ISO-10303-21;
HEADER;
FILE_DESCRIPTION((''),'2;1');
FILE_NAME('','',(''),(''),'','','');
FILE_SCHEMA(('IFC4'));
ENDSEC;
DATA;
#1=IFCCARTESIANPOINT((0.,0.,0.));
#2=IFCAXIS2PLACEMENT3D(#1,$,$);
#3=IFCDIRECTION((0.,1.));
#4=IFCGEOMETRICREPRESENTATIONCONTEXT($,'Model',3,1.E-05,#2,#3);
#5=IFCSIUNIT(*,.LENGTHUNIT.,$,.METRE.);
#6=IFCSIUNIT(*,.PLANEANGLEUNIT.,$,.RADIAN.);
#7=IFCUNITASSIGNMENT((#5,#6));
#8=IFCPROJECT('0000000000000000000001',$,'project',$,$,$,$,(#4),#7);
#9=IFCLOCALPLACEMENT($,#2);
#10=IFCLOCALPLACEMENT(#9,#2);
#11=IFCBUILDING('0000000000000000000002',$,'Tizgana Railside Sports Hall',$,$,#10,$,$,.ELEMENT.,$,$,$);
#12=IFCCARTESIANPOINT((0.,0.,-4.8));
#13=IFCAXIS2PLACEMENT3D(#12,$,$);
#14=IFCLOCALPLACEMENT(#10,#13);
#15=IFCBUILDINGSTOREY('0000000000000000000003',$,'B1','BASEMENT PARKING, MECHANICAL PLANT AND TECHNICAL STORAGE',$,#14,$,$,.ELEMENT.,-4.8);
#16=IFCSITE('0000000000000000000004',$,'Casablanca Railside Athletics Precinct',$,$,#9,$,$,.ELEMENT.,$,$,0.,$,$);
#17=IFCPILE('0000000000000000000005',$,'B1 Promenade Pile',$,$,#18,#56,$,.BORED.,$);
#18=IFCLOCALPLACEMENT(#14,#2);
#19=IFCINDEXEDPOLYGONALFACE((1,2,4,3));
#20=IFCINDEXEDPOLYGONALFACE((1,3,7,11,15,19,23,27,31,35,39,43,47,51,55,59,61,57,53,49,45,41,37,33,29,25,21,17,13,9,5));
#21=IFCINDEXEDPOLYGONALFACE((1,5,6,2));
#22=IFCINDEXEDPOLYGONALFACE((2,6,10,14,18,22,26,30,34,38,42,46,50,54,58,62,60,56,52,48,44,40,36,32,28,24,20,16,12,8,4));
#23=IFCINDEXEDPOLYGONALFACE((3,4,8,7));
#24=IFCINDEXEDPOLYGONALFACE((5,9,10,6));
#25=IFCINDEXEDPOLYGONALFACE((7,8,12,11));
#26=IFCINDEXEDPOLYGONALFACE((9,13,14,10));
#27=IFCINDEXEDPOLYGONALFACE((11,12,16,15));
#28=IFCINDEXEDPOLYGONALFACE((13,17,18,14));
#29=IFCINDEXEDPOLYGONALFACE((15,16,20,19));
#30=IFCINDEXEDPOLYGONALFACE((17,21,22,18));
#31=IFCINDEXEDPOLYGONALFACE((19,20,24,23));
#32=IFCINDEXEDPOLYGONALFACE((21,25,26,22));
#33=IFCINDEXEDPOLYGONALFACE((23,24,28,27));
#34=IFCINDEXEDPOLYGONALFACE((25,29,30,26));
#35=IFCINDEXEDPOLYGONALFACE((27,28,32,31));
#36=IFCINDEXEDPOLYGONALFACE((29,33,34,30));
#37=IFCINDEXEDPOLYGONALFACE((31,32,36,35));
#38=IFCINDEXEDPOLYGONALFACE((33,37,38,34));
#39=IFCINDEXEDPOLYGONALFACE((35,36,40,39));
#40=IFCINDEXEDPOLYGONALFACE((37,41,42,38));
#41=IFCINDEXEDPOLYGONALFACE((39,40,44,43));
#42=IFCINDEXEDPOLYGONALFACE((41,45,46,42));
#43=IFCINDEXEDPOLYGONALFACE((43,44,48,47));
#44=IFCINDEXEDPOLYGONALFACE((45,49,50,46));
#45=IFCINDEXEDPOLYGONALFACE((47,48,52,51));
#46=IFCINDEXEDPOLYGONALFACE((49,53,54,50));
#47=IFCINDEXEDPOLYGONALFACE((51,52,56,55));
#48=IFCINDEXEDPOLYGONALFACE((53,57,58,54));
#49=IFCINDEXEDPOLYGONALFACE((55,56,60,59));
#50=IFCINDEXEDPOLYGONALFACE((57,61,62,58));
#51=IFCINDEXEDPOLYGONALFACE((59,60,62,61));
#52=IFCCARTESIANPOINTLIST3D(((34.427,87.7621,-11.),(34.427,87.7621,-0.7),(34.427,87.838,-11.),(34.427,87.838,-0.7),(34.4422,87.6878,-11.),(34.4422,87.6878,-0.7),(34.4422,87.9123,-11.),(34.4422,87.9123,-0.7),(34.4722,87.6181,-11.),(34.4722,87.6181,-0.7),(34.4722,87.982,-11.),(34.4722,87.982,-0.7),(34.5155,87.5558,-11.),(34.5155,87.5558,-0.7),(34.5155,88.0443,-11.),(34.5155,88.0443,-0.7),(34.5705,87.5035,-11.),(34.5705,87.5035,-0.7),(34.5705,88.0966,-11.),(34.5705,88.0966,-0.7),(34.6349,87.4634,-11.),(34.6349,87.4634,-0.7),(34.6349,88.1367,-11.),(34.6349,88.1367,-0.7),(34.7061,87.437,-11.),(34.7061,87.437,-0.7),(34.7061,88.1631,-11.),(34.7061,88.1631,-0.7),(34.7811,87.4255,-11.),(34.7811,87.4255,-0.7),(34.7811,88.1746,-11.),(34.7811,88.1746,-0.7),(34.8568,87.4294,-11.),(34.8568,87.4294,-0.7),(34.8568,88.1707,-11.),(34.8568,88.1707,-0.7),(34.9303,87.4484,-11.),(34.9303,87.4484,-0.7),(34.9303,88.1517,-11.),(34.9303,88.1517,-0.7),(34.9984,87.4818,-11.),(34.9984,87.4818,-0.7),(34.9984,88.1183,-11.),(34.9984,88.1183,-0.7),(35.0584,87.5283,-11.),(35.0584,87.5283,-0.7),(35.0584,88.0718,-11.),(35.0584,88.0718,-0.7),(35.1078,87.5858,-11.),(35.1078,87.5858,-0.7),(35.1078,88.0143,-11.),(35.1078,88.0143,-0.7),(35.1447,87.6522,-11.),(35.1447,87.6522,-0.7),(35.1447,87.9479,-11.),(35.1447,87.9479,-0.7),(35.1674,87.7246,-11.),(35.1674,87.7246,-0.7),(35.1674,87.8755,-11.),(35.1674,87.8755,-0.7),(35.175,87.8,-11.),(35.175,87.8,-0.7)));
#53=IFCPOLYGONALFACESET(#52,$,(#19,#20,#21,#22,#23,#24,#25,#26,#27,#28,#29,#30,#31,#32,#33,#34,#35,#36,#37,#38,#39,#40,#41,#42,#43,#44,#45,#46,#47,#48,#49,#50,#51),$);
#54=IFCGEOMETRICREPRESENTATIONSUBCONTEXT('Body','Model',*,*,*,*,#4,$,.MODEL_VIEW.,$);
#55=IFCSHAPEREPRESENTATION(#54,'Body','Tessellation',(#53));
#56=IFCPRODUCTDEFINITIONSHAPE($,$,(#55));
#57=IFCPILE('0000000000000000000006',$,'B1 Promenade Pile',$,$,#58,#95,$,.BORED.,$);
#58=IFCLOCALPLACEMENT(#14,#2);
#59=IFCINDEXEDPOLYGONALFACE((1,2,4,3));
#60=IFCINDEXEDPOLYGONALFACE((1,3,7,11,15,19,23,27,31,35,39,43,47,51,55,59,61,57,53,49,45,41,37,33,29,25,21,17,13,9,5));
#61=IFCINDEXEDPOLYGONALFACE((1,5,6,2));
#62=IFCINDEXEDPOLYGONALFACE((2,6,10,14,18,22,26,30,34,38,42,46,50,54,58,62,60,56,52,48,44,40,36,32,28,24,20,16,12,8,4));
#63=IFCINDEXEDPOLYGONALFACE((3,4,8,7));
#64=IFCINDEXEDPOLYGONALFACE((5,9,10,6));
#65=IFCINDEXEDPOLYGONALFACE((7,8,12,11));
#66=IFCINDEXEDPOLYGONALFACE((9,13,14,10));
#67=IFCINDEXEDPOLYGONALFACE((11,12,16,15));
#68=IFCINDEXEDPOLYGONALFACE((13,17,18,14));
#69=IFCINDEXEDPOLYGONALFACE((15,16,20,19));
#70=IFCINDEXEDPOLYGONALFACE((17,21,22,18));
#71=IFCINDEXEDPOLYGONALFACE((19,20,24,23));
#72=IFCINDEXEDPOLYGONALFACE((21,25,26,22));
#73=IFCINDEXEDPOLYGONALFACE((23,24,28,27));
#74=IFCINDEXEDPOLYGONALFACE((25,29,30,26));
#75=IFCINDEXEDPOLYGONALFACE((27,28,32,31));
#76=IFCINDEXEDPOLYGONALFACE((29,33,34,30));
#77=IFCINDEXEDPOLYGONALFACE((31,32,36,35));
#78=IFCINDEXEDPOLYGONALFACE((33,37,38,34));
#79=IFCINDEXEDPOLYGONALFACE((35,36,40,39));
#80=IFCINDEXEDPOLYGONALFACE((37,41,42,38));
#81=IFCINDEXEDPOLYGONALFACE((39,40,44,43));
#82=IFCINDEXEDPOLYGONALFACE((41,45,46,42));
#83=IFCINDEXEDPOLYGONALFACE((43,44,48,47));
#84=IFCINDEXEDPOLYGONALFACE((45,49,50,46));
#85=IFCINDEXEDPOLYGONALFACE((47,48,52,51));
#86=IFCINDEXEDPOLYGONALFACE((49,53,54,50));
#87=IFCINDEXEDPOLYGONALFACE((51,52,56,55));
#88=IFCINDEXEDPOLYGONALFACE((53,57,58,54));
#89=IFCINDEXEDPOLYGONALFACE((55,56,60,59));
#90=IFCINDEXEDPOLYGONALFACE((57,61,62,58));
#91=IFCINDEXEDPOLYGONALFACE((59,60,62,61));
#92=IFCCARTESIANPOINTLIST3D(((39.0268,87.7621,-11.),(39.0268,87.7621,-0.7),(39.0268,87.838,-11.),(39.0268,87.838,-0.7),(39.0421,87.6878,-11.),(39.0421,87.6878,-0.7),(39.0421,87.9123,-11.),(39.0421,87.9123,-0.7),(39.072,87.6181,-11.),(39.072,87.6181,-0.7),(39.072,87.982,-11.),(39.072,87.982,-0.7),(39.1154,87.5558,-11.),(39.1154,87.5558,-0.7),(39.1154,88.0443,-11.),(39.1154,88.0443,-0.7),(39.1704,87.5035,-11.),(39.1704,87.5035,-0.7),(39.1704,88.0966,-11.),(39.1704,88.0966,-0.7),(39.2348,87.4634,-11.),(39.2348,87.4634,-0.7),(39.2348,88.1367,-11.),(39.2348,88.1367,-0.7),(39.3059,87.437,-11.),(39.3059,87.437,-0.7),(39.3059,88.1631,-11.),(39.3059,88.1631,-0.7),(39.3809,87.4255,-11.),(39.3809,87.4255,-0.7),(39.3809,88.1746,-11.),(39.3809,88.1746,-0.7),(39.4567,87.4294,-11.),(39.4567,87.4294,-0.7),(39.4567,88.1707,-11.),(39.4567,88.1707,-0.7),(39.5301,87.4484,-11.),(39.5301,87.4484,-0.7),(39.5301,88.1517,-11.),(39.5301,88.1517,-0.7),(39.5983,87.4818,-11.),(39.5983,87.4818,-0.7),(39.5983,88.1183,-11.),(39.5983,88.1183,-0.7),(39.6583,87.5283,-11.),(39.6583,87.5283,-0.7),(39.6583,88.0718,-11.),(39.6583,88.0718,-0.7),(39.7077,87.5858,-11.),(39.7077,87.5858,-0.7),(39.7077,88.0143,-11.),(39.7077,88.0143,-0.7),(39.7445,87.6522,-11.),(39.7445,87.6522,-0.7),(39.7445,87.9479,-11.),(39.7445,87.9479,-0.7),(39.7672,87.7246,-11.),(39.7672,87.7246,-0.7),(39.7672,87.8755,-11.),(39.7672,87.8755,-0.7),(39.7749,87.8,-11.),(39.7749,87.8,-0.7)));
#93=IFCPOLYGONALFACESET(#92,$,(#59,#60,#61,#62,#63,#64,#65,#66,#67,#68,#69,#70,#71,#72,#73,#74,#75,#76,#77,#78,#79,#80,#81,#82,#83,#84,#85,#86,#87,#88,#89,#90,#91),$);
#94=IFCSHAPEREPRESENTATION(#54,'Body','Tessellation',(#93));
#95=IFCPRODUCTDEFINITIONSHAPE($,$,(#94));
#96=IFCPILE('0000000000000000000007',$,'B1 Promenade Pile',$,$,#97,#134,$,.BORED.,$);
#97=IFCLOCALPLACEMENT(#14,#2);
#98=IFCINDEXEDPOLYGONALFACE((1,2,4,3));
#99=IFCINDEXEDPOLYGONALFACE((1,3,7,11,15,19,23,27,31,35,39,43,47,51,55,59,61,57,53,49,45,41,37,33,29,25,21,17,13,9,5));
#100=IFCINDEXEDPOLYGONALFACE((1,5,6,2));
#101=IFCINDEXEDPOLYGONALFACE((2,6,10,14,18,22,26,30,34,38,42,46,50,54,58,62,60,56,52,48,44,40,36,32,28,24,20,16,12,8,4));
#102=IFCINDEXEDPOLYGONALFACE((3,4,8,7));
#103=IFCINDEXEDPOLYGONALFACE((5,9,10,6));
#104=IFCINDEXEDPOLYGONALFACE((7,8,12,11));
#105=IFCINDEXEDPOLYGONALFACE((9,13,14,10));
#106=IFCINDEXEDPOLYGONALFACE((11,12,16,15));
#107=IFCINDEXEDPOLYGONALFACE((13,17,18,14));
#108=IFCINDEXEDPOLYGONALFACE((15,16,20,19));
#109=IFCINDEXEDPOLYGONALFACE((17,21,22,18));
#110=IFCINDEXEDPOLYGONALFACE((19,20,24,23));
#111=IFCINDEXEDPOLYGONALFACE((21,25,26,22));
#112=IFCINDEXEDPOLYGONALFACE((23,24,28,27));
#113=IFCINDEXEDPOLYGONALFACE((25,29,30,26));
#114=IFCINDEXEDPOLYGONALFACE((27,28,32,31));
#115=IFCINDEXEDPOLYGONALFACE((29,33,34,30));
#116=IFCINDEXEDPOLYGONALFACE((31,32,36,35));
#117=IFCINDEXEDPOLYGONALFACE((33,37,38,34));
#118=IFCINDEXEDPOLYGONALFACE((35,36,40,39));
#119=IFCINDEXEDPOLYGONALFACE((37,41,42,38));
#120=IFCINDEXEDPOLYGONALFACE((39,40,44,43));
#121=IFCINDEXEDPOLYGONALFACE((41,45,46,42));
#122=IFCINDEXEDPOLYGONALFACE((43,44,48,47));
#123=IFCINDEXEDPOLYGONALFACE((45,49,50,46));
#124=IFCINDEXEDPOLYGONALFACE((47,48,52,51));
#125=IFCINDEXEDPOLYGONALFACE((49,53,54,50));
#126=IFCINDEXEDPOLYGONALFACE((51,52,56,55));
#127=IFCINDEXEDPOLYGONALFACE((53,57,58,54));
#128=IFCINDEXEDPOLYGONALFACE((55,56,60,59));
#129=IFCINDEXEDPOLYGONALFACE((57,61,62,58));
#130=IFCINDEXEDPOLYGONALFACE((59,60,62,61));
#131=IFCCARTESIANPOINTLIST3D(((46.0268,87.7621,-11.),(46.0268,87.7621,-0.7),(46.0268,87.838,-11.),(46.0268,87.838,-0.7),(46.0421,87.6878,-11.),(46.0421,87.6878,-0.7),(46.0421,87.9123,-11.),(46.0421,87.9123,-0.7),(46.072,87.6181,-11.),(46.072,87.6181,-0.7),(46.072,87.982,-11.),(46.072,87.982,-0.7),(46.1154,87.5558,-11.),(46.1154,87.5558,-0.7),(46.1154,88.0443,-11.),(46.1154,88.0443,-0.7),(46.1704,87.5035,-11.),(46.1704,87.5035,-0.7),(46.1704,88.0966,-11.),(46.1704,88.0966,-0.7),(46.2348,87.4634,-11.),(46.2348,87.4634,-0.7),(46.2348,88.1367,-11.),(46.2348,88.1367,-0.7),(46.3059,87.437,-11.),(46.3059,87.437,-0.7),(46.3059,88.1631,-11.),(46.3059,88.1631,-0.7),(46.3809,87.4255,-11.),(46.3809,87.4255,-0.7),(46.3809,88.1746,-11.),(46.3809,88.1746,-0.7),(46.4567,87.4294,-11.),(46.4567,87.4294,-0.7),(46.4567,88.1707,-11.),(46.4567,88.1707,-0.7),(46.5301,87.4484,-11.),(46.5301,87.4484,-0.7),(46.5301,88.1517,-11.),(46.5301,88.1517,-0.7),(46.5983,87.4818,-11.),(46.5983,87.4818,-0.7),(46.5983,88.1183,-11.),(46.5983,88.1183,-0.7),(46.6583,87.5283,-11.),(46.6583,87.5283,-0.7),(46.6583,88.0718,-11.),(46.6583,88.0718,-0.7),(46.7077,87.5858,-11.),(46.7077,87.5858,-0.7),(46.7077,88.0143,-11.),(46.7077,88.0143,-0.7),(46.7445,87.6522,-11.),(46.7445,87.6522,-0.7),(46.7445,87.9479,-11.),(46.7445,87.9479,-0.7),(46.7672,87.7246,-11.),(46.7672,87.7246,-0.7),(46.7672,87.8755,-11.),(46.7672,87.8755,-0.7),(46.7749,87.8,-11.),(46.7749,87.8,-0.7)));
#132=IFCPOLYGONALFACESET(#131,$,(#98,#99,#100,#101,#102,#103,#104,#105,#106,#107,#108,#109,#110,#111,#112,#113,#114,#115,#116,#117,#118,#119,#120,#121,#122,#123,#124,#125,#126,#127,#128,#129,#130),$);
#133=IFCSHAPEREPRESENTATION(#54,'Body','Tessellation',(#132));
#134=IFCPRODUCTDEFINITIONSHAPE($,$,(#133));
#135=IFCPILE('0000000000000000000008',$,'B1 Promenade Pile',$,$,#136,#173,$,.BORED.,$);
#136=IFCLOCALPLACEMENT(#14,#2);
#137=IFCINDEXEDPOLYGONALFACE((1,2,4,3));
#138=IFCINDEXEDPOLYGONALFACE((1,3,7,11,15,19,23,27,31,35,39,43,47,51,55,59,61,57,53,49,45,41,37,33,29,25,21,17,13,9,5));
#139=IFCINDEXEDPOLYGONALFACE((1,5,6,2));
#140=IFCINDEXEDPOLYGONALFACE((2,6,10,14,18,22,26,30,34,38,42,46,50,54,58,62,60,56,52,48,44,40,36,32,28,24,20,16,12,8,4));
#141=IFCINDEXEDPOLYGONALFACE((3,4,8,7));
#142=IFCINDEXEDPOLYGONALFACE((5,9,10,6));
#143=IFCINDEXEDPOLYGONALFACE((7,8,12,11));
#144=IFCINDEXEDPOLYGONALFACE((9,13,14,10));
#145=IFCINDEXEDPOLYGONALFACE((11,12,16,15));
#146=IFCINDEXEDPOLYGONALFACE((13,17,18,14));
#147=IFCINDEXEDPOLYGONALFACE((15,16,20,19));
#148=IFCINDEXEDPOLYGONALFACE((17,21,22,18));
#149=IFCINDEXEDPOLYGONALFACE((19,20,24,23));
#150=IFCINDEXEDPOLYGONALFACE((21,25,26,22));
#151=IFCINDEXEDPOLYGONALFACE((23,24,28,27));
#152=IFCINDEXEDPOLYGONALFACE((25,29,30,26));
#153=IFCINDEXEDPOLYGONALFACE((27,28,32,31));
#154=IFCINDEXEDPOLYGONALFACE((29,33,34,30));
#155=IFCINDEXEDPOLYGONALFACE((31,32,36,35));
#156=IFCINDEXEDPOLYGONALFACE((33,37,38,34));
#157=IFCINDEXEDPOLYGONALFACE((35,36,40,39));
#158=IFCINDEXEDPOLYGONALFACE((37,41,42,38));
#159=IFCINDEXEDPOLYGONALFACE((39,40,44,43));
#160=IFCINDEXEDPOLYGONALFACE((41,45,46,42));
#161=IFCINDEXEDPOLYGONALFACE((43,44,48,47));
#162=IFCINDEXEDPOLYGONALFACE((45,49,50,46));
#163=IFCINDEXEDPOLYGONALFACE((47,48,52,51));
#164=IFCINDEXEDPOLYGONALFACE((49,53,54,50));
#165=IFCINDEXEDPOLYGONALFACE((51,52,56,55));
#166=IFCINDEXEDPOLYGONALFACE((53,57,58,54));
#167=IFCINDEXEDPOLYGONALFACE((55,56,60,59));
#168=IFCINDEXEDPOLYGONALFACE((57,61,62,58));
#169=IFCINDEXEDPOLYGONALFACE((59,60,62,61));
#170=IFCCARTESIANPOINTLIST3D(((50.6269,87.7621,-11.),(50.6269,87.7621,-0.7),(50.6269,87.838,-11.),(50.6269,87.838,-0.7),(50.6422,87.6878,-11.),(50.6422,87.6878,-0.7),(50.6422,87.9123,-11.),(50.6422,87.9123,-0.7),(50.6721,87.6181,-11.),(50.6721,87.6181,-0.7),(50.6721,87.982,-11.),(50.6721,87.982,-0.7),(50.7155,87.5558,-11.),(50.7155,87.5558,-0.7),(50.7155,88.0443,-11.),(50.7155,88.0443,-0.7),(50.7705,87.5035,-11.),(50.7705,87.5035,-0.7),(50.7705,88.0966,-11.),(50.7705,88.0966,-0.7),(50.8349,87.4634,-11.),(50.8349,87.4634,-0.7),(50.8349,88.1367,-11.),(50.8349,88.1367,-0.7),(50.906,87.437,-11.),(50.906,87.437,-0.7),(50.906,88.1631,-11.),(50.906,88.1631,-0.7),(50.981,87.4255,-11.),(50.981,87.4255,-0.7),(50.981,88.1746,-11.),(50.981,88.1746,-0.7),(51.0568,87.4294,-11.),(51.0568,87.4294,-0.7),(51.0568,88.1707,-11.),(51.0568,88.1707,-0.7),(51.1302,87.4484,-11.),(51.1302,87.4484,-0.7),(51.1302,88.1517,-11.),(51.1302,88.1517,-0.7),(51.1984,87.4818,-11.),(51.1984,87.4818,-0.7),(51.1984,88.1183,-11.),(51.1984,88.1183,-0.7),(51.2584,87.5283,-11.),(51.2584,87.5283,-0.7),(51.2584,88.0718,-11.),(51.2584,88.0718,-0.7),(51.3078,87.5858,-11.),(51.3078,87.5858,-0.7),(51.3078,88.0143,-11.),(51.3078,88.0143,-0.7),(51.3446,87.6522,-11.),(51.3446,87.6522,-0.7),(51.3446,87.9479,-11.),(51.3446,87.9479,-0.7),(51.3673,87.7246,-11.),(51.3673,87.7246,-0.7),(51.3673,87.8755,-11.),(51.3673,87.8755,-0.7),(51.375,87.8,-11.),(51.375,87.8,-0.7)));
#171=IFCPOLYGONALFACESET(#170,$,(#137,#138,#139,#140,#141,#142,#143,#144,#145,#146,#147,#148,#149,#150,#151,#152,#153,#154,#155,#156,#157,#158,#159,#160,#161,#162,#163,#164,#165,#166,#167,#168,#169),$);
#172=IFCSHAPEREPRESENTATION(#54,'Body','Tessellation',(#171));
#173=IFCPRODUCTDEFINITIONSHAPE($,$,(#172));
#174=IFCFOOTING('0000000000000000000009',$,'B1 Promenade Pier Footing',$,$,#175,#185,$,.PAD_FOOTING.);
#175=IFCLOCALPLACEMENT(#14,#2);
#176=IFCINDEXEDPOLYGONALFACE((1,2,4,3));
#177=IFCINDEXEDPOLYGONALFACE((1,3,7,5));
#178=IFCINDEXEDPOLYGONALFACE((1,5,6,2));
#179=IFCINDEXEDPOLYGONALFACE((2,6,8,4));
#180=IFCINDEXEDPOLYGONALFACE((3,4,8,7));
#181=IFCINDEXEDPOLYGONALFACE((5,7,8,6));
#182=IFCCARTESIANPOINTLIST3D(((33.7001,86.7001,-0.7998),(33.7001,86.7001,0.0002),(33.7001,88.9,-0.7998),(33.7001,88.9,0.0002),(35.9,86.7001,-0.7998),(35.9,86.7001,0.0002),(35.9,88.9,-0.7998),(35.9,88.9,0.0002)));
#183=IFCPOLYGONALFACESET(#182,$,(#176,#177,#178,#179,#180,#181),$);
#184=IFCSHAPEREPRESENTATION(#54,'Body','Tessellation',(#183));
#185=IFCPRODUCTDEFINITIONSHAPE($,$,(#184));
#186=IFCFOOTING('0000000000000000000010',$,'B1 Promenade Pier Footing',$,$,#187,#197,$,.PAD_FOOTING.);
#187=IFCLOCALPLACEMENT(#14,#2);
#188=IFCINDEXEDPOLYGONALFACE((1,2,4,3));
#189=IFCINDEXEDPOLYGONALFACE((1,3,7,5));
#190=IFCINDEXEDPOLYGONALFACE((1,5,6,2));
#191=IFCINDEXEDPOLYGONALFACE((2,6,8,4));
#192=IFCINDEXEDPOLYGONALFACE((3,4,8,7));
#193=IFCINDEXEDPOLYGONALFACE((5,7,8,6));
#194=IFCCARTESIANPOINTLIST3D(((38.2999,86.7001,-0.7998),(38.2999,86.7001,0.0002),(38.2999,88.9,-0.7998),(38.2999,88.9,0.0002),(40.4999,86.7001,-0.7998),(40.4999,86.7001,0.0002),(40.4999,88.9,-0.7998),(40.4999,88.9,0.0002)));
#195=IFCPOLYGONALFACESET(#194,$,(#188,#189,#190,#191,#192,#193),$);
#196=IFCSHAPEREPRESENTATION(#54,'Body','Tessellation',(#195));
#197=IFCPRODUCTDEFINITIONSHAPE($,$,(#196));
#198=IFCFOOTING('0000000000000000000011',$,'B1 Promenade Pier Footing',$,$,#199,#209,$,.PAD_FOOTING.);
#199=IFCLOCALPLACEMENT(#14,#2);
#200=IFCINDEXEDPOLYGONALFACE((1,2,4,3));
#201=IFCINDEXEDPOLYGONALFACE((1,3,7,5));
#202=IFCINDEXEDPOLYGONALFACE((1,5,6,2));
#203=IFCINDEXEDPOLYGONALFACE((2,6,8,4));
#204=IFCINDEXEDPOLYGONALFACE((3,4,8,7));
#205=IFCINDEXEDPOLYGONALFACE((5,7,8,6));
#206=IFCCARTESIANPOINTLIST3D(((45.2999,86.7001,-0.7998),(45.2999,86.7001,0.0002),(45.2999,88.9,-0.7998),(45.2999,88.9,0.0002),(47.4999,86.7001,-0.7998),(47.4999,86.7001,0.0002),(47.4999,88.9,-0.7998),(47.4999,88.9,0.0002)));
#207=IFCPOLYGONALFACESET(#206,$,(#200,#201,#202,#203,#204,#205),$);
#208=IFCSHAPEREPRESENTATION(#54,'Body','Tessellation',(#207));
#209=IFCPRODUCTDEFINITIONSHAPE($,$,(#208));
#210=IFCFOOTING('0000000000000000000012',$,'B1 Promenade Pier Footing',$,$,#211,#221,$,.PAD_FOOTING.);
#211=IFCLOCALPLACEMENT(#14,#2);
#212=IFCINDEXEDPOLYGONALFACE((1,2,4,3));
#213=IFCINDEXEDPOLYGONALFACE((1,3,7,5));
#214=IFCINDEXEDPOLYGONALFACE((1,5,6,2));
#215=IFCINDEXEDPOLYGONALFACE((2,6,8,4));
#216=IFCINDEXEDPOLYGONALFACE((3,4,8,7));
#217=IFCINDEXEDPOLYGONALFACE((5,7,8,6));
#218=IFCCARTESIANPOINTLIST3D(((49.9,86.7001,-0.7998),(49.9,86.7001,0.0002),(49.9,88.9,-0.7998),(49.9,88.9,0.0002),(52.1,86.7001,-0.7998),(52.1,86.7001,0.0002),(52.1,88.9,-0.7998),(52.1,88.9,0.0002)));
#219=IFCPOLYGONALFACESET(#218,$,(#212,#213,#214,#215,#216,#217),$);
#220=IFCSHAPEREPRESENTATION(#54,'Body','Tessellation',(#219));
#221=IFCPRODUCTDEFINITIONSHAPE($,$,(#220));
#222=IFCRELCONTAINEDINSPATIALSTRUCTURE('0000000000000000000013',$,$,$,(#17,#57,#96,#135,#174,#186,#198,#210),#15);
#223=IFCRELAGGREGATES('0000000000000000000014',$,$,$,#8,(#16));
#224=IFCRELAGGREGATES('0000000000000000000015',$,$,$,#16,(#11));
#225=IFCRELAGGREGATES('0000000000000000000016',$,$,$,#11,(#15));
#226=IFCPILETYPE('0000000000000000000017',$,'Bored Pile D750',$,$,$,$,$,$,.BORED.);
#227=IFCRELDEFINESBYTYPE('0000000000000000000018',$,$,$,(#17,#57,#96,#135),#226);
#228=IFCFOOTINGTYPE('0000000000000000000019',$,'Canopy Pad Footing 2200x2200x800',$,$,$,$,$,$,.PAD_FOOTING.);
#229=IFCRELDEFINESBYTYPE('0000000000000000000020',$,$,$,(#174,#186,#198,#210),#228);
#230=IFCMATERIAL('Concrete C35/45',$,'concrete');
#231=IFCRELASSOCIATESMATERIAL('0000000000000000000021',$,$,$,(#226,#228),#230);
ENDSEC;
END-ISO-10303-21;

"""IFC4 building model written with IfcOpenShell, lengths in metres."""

from ifc_helpers import new_model, si_unit, direction, frame, origin, origin_2d, place, context, subcontext, project, spatial, rectangle, circle, extrude, material, material_profile, profile_set, type_object, element, save


model = new_model("IFC4")

# Units and contexts
model_context = context("Model", 3, precision=1e-05, world=origin(), true_north=direction((0.0, 1.0)))
body_context = subcontext(model_context, "Body", "Model", "MODEL_VIEW")
ifc_project = project(units=[si_unit("LENGTHUNIT", "METRE"), si_unit("PLANEANGLEUNIT", "RADIAN")], contexts=[model_context])

# Site, building, storey
site_placement = place(None, origin())
site = spatial("IfcSite", under=ifc_project, at=site_placement, Name="Casablanca Railside Athletics Precinct", CompositionType="ELEMENT", RefElevation=0.0)
building_placement = place(site_placement, origin())
building = spatial("IfcBuilding", under=site, at=building_placement, Name="Tizgana Railside Sports Hall", CompositionType="ELEMENT")
storey_placement = place(building_placement, frame((0.0, 0.0, -4.8)))
storey = spatial("IfcBuildingStorey", under=building, at=storey_placement, Name="B1", Description="BASEMENT PARKING, MECHANICAL PLANT AND TECHNICAL STORAGE", CompositionType="ELEMENT", Elevation=-4.8)

# Piles
ifc_material_1 = material(Name="Concrete C35/45", Category="concrete")
ifc_material_profile_1 = material_profile(ifc_material_1, circle(Radius=0.375, at=origin_2d()), Name="PILE D750")
ifc_profile_set_1 = profile_set([ifc_material_profile_1], Name="Concrete C35/45")
pile_type = type_object("IfcPileType", Name="Bored Pile D750", PredefinedType="BORED", material=ifc_profile_set_1)
for number, where, z_axis, x_axis, name in (
    (1, (34.8, 87.8, -0.7), (0.0, 0.0, -1.0), (1.0, 0.0, 0.0), "B1 Promenade Pile"),
    (2, (39.3999, 87.8, -0.7), (0.0, 0.0, -1.0), (1.0, 0.0, 0.0), "B1 Promenade Pile"),
    (3, (46.3999, 87.8, -0.7), (0.0, 0.0, -1.0), (1.0, 0.0, 0.0), "B1 Promenade Pile"),
    (4, (51.0, 87.8, -0.7), (0.0, 0.0, -1.0), (1.0, 0.0, 0.0), "B1 Promenade Pile"),
):
    element("IfcPile", number, at=place(storey_placement, frame(where, z_axis=z_axis, x_axis=x_axis)), inside=storey, type_object=pile_type, Name=name, PredefinedType="BORED", context=body_context, shape_type="SweptSolid", body=[
        extrude(circle(Radius=0.375, at=origin_2d()), origin(), (0.0, 0.0, 1.0), 10.3),
    ])

# Footings
footing_type_1 = type_object("IfcFootingType", Name="Canopy Pad Footing 2200x2200x800", PredefinedType="PAD_FOOTING", material=ifc_material_1)
for number, where, z_axis, x_axis, name in (
    (5, (34.8, 87.8, -0.7998), (0.0, 0.0, 1.0), (1.0, 0.0, 0.0), "B1 Promenade Pier Footing"),
    (6, (39.3999, 87.8, -0.7998), (0.0, 0.0, 1.0), (1.0, 0.0, 0.0), "B1 Promenade Pier Footing"),
    (7, (46.3999, 87.8, -0.7998), (0.0, 0.0, 1.0), (1.0, 0.0, 0.0), "B1 Promenade Pier Footing"),
    (8, (51.0, 87.8, -0.7998), (0.0, 0.0, 1.0), (1.0, 0.0, 0.0), "B1 Promenade Pier Footing"),
):
    element("IfcFooting", number, at=place(storey_placement, frame(where, z_axis=z_axis, x_axis=x_axis)), inside=storey, type_object=footing_type_1, Name=name, PredefinedType="PAD_FOOTING", context=body_context, shape_type="SweptSolid", body=[
        extrude(rectangle(XDim=2.2, YDim=2.2, at=origin_2d()), origin(), (0.0, 0.0, 1.0), 0.8),
    ])

save(model, "model.ifc")
